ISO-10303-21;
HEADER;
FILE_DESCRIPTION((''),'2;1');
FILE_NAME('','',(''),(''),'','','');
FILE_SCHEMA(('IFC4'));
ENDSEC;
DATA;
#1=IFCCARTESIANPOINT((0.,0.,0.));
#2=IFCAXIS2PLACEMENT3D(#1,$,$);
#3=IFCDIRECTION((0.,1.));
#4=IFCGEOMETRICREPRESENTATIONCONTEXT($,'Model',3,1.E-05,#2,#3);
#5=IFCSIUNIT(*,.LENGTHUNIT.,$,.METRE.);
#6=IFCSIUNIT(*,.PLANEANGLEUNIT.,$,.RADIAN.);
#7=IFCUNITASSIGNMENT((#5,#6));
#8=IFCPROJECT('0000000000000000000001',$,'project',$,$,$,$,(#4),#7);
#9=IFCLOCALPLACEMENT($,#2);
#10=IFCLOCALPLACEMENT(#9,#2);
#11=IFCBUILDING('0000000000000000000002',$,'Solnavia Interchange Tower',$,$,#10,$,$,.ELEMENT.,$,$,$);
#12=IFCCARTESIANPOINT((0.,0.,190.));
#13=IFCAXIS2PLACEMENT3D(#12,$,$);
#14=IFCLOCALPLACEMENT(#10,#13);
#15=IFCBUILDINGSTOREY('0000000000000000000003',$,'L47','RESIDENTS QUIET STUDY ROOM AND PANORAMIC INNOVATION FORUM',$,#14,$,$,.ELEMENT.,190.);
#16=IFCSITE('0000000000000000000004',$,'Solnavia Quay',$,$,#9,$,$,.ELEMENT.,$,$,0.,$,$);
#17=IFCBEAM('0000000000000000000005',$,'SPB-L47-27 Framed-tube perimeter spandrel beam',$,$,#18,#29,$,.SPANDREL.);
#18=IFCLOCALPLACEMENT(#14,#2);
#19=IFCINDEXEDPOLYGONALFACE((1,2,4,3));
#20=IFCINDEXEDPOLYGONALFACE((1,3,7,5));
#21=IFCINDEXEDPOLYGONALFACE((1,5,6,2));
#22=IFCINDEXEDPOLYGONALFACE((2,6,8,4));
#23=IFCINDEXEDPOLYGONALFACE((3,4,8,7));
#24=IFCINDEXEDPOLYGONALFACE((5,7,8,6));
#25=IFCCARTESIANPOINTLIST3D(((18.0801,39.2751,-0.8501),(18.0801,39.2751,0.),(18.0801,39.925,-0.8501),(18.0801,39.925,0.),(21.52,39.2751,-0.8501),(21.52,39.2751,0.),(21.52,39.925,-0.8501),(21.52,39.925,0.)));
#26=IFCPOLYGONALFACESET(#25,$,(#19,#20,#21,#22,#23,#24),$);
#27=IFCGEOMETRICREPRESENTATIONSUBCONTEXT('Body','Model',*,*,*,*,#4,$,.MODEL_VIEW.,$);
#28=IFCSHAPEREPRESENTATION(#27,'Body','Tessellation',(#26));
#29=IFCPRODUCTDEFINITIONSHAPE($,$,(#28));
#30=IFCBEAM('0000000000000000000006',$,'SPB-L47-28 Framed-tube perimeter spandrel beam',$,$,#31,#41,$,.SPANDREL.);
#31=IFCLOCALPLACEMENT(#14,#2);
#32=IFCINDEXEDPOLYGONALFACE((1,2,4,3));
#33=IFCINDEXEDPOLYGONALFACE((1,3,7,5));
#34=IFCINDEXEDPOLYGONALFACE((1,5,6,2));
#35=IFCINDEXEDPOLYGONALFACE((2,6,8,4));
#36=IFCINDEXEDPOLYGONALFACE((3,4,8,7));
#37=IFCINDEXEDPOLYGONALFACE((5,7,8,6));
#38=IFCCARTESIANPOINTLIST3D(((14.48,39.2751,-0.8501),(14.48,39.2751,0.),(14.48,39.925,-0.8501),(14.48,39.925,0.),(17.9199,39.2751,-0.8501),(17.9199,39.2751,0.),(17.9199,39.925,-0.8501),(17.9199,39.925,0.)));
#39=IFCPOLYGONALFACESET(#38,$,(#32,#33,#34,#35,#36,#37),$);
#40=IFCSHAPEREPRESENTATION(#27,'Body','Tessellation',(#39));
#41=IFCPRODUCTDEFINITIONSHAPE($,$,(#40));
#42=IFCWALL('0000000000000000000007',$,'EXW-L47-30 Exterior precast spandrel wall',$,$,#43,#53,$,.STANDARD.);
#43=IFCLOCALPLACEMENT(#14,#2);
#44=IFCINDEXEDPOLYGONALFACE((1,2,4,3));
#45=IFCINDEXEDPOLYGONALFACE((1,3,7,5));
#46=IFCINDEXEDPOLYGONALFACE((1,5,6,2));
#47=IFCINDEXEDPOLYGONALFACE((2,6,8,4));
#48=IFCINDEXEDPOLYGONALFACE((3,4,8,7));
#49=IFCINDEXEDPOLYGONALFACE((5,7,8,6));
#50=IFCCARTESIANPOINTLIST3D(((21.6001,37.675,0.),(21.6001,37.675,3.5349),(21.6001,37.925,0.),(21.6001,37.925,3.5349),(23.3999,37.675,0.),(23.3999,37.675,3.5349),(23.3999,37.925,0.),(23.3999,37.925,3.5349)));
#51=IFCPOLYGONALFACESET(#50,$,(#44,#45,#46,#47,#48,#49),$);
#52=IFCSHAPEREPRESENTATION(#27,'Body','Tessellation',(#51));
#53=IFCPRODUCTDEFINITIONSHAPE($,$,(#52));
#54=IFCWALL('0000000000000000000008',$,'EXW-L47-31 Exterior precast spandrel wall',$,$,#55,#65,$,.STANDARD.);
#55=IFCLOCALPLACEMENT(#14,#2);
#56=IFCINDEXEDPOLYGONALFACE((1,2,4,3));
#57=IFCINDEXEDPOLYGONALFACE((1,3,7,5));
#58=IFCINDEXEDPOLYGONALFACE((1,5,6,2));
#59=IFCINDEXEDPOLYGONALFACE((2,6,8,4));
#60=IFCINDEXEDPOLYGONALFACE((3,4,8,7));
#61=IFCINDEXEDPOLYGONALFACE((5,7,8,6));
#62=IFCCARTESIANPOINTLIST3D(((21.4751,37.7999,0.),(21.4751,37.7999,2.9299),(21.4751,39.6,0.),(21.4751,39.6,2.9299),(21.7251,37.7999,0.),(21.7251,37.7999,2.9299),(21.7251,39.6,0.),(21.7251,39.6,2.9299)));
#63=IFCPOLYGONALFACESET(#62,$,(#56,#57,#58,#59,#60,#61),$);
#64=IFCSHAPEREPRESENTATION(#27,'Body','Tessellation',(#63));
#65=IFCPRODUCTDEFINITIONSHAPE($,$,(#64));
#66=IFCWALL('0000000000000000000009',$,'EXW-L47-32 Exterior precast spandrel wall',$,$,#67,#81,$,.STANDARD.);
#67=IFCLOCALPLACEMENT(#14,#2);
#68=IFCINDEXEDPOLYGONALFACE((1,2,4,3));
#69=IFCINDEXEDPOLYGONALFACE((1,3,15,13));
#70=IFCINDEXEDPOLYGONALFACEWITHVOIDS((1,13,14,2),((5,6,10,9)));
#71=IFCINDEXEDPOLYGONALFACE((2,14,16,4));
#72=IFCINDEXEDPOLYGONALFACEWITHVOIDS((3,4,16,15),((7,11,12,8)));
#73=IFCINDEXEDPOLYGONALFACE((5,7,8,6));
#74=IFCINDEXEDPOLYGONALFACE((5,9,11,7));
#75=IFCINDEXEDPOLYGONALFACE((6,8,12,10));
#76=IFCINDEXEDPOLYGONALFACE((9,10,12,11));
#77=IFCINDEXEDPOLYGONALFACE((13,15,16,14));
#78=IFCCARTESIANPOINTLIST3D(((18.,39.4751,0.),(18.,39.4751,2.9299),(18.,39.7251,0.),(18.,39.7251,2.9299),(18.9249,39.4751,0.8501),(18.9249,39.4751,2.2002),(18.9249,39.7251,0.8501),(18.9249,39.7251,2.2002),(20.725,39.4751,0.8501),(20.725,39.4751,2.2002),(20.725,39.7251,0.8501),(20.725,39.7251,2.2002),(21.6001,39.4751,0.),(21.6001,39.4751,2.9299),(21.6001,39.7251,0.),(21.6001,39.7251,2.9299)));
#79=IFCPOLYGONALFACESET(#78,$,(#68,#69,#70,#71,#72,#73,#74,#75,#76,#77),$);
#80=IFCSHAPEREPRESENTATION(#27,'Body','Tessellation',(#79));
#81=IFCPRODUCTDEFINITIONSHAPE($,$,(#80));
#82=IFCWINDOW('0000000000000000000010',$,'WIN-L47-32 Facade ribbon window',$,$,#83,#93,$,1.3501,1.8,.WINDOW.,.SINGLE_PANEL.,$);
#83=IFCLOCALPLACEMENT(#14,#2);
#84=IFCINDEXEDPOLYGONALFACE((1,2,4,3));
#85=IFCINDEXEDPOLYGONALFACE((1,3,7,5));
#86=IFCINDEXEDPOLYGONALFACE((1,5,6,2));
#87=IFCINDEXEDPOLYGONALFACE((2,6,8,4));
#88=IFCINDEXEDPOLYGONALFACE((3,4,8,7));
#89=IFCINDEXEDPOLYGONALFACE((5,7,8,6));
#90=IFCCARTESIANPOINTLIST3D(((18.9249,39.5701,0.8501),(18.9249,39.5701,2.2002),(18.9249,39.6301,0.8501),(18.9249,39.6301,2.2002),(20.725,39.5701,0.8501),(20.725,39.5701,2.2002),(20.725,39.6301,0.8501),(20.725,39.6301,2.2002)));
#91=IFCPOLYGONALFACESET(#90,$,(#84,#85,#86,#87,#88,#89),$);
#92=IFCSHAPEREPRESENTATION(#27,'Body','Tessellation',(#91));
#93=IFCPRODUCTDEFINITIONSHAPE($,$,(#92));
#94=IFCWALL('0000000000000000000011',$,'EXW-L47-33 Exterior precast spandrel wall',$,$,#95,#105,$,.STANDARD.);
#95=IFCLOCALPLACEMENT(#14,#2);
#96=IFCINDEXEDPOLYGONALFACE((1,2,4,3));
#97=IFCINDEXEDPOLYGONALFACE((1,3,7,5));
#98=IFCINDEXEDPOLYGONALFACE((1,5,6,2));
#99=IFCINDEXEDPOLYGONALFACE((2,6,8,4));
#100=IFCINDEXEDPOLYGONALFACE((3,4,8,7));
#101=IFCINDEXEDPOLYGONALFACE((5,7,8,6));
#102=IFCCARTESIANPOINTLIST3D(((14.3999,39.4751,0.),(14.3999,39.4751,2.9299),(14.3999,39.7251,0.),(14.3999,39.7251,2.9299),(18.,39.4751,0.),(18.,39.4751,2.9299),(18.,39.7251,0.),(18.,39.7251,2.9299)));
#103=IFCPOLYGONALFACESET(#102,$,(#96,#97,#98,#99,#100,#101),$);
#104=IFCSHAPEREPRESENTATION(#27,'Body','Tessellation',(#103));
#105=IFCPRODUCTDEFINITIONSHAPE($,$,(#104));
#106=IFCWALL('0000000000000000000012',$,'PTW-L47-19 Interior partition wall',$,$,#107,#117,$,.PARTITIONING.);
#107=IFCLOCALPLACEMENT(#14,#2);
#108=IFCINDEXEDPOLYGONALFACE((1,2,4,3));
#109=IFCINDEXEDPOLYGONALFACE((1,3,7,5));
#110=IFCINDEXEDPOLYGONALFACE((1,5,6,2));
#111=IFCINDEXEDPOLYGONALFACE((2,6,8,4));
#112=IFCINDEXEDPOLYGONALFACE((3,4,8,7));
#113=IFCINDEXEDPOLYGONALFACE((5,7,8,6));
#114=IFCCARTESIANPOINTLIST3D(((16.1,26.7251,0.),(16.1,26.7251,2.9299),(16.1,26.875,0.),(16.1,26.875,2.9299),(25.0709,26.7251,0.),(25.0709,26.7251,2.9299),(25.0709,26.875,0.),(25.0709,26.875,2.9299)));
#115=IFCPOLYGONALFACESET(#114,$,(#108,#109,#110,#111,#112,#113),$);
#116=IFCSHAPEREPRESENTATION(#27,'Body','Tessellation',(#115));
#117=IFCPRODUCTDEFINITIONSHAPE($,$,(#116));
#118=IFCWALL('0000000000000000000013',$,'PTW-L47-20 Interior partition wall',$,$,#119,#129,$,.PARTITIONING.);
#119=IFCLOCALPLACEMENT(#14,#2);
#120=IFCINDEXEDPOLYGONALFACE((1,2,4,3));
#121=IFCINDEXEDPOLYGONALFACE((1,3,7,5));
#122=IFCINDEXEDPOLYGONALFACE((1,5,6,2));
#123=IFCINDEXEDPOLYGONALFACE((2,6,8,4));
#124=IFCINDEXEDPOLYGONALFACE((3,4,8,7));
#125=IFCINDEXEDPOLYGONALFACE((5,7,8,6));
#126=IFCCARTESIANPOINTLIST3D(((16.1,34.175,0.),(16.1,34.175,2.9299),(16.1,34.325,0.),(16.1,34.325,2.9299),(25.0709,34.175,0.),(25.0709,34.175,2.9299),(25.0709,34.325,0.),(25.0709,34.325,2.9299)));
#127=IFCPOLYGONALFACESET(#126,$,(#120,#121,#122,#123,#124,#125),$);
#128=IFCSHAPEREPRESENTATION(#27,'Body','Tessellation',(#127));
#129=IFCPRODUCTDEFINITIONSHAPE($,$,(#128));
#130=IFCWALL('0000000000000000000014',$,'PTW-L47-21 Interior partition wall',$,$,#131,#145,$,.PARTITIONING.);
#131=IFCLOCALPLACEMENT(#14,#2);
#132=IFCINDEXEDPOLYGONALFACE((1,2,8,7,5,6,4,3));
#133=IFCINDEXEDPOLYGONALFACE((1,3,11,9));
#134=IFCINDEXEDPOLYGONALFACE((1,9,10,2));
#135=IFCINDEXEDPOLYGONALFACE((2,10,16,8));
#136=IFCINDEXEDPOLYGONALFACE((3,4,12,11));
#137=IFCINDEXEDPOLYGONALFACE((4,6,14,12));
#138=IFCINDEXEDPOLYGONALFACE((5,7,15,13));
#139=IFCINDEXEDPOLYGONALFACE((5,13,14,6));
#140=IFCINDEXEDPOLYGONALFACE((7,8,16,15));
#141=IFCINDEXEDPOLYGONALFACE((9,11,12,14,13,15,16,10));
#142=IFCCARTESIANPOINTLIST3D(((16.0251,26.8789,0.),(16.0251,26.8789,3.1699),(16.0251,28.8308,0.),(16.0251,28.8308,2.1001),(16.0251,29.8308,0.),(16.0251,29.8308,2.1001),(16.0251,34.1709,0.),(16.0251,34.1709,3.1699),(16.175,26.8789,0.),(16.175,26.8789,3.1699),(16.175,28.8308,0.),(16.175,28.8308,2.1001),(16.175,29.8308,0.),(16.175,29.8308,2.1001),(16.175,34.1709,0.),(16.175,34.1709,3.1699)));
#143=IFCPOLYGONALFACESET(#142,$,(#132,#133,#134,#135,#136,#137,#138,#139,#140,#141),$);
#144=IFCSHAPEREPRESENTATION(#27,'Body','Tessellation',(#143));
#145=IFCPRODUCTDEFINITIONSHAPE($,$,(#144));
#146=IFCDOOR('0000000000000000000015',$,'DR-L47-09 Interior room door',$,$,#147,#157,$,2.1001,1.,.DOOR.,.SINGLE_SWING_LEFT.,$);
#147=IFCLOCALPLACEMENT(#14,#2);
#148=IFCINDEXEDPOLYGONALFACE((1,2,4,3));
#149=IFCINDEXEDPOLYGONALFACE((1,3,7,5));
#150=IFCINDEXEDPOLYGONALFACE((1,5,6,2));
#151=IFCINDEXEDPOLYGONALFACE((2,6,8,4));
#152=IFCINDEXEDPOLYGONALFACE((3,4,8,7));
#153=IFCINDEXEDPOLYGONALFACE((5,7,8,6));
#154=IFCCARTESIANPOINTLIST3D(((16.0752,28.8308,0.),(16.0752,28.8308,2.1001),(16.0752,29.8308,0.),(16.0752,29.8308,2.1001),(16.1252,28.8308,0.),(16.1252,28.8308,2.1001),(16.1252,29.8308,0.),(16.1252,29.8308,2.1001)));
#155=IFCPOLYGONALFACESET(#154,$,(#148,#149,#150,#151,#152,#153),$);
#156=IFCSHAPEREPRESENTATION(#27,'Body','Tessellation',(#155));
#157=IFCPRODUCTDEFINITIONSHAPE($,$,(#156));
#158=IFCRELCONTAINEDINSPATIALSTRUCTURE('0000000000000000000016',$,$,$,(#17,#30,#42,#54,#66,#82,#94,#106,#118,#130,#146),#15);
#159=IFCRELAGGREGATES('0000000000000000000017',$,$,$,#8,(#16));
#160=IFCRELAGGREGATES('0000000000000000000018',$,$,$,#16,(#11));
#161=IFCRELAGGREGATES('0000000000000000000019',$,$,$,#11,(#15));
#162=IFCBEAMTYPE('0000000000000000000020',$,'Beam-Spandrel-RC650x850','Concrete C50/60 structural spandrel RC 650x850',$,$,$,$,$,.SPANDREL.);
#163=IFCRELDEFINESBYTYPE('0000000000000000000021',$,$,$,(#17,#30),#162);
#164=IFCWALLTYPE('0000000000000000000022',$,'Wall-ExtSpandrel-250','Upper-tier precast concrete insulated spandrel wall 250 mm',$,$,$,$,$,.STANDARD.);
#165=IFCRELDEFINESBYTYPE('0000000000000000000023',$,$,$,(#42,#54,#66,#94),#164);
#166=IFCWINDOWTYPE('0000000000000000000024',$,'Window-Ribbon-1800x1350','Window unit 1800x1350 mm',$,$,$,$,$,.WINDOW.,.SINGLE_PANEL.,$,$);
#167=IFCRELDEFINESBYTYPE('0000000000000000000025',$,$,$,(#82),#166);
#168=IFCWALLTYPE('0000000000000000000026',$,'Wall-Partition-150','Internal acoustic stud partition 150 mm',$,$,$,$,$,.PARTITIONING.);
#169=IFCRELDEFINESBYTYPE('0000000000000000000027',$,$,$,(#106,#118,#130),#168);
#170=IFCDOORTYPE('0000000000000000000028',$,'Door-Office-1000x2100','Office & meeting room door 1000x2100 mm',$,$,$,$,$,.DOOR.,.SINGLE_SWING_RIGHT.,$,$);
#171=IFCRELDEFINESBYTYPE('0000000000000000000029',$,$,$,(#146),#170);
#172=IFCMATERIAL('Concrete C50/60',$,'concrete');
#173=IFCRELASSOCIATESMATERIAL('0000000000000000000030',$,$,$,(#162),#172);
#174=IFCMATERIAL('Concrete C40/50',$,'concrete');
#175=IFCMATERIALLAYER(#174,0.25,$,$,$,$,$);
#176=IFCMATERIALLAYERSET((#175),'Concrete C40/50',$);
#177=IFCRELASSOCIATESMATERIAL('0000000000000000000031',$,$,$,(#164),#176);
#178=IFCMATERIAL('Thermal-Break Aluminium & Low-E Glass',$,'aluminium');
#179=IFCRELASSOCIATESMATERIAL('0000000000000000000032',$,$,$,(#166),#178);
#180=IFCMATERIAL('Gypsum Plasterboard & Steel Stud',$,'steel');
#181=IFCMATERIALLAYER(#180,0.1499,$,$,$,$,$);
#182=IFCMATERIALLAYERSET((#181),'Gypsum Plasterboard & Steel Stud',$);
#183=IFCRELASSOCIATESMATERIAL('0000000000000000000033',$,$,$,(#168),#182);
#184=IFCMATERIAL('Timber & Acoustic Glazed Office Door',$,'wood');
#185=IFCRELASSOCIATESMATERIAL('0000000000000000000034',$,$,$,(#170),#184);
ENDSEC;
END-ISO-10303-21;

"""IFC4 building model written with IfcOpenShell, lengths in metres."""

from ifc_helpers import new_model, si_unit, direction, frame, frame_2d, origin, origin_2d, place, context, subcontext, project, spatial, rectangle, extrude, material, layer, layer_set, material_profile, profile_set, type_object, element, fill, save


model = new_model("IFC4")

# Units and contexts
model_context = context("Model", 3, precision=1e-05, world=origin(), true_north=direction((0.0, 1.0)))
body_context = subcontext(model_context, "Body", "Model", "MODEL_VIEW")
ifc_project = project(units=[si_unit("LENGTHUNIT", "METRE"), si_unit("PLANEANGLEUNIT", "RADIAN")], contexts=[model_context])

# Site, building, storey
site_placement = place(None, origin())
site = spatial("IfcSite", under=ifc_project, at=site_placement, Name="Solnavia Quay", CompositionType="ELEMENT", RefElevation=0.0)
building_placement = place(site_placement, origin())
building = spatial("IfcBuilding", under=site, at=building_placement, Name="Solnavia Interchange Tower", CompositionType="ELEMENT")
storey_placement = place(building_placement, frame((0.0, 0.0, 190.0)))
storey = spatial("IfcBuildingStorey", under=building, at=storey_placement, Name="L47", Description="RESIDENTS QUIET STUDY ROOM AND PANORAMIC INNOVATION FORUM", CompositionType="ELEMENT", Elevation=190.0)

# Shared definitions
ifc_material_1 = material(Name="Concrete C50/60", Category="concrete")

# Beams
ifc_material_profile_1 = material_profile(ifc_material_1, rectangle(XDim=0.6499, YDim=0.8501, at=origin_2d()), Name="RC 650x850")
ifc_profile_set_1 = profile_set([ifc_material_profile_1], Name="Concrete C50/60")
beam_type_1 = type_object("IfcBeamType", Name="Beam-Spandrel-RC650x850", Description="Concrete C50/60 structural spandrel RC 650x850", PredefinedType="SPANDREL", material=ifc_profile_set_1)
for number, where, z_axis, x_axis, name in (
    (1, (21.52, 39.6001, -0.425), (-1.0, 0.0, 0.0), (0.0, -1.0, 0.0), "SPB-L47-27 Framed-tube perimeter spandrel beam"),
    (2, (17.9199, 39.6001, -0.425), (-1.0, 0.0, 0.0), (0.0, -1.0, 0.0), "SPB-L47-28 Framed-tube perimeter spandrel beam"),
):
    element("IfcBeam", number, at=place(storey_placement, frame(where, z_axis=z_axis, x_axis=x_axis)), inside=storey, type_object=beam_type_1, Name=name, PredefinedType="SPANDREL", context=body_context, shape_type="SweptSolid", body=[
        extrude(rectangle(XDim=0.6499, YDim=0.8501, at=origin_2d()), origin(), (0.0, 0.0, 1.0), 3.4399),
    ])

# Walls
ifc_material_2 = material(Name="Concrete C40/50", Category="concrete")
ifc_layer_1 = layer(ifc_material_2, 0.25)
ifc_layer_set_1 = layer_set([ifc_layer_1], Name="Concrete C40/50")
wall_type_1 = type_object("IfcWallType", Name="Wall-ExtSpandrel-250", Description="Upper-tier precast concrete insulated spandrel wall 250 mm", PredefinedType="STANDARD", material=ifc_layer_set_1)
wall_1_placement = place(storey_placement, frame((21.6001, 37.8, 0.0), z_axis=(0.0, 0.0, 1.0), x_axis=(1.0, 0.0, 0.0)))
element("IfcWall", 3, at=wall_1_placement, inside=storey, type_object=wall_type_1, Name="EXW-L47-30 Exterior precast spandrel wall", PredefinedType="STANDARD", context=body_context, shape_type="SweptSolid", body=[
    extrude(rectangle(XDim=1.7998, YDim=0.25, at=frame_2d((0.8999, 0.0))), origin(), (0.0, 0.0, 1.0), 3.5349),
])
wall_2_placement = place(storey_placement, frame((21.6001, 37.8, 0.0), z_axis=(0.0, 0.0, 1.0), x_axis=(0.0, 1.0, 0.0)))
element("IfcWall", 4, at=wall_2_placement, inside=storey, type_object=wall_type_1, Name="EXW-L47-31 Exterior precast spandrel wall", PredefinedType="STANDARD", context=body_context, shape_type="SweptSolid", body=[
    extrude(rectangle(XDim=1.8, YDim=0.25, at=frame_2d((0.8999, 0.0))), origin(), (0.0, 0.0, 1.0), 2.9299),
])

# Wall, opening, window
wall_3_placement = place(storey_placement, frame((18.0, 39.6001, 0.0), z_axis=(0.0, 0.0, 1.0), x_axis=(1.0, 0.0, 0.0)))
wall_3 = element("IfcWall", 5, at=wall_3_placement, inside=storey, type_object=wall_type_1, Name="EXW-L47-32 Exterior precast spandrel wall", PredefinedType="STANDARD", context=body_context, shape_type="SweptSolid", body=[
    extrude(rectangle(XDim=3.6001, YDim=0.25, at=frame_2d((1.8, 0.0))), origin(), (0.0, 0.0, 1.0), 2.9299),
])
opening_1_placement = place(wall_3_placement, frame((0.925, 0.0, 0.8501)))
opening_1 = element("IfcOpeningElement", 6, at=opening_1_placement, cuts=wall_3, PredefinedType="OPENING", context=body_context, shape_type="SweptSolid", body=[
    extrude(rectangle(XDim=1.8, YDim=1.3501, at=frame_2d((0.8999, 0.675))), frame((0.0, 0.135, 0.0), z_axis=(0.0, -1.0, 0.0), x_axis=(1.0, 0.0, 0.0)), (0.0, 0.0, 1.0), 0.27),
])
ifc_material_3 = material(Name="Thermal-Break Aluminium & Low-E Glass", Category="aluminium")
window_type = type_object("IfcWindowType", Name="Window-Ribbon-1800x1350", Description="Window unit 1800x1350 mm", PartitioningType="SINGLE_PANEL", PredefinedType="WINDOW", material=ifc_material_3)
window_placement = place(opening_1_placement, origin())
window = element("IfcWindow", 7, at=window_placement, inside=storey, type_object=window_type, Name="WIN-L47-32 Facade ribbon window", OverallHeight=1.3501, OverallWidth=1.8, PartitioningType="SINGLE_PANEL", PredefinedType="WINDOW", context=body_context, shape_type="SweptSolid", body=[
    extrude(rectangle(XDim=1.8, YDim=1.3501, at=frame_2d((0.8999, 0.675))), frame((0.0, 0.03, 0.0), z_axis=(0.0, -1.0, 0.0), x_axis=(1.0, 0.0, 0.0)), (0.0, 0.0, 1.0), 0.0601),
])
fill(opening_1, window)

# Walls
wall_4_placement = place(storey_placement, frame((14.3999, 39.6001, 0.0), z_axis=(0.0, 0.0, 1.0), x_axis=(1.0, 0.0, 0.0)))
element("IfcWall", 8, at=wall_4_placement, inside=storey, type_object=wall_type_1, Name="EXW-L47-33 Exterior precast spandrel wall", PredefinedType="STANDARD", context=body_context, shape_type="SweptSolid", body=[
    extrude(rectangle(XDim=3.6001, YDim=0.25, at=frame_2d((1.8, 0.0))), origin(), (0.0, 0.0, 1.0), 2.9299),
])
ifc_material_4 = material(Name="Gypsum Plasterboard & Steel Stud", Category="steel")
ifc_layer_2 = layer(ifc_material_4, 0.1499)
ifc_layer_set_2 = layer_set([ifc_layer_2], Name="Gypsum Plasterboard & Steel Stud")
wall_type_2 = type_object("IfcWallType", Name="Wall-Partition-150", Description="Internal acoustic stud partition 150 mm", PredefinedType="PARTITIONING", material=ifc_layer_set_2)
for number, where, z_axis, x_axis, name in (
    (9, (16.1001, 26.8, 0.0), (0.0, 0.0, 1.0), (1.0, 0.0, 0.0), "PTW-L47-19 Interior partition wall"),
    (10, (16.1001, 34.25, 0.0), (0.0, 0.0, 1.0), (1.0, 0.0, 0.0), "PTW-L47-20 Interior partition wall"),
):
    element("IfcWall", number, at=place(storey_placement, frame(where, z_axis=z_axis, x_axis=x_axis)), inside=storey, type_object=wall_type_2, Name=name, PredefinedType="PARTITIONING", context=body_context, shape_type="SweptSolid", body=[
        extrude(rectangle(XDim=8.9709, YDim=0.1499, at=frame_2d((4.4854, 0.0))), origin(), (0.0, 0.0, 1.0), 2.9299),
    ])

# Wall, opening, door
wall_5_placement = place(storey_placement, frame((16.1001, 26.8789, 0.0), z_axis=(0.0, 0.0, 1.0), x_axis=(0.0, 1.0, 0.0)))
wall_5 = element("IfcWall", 11, at=wall_5_placement, inside=storey, type_object=wall_type_2, Name="PTW-L47-21 Interior partition wall", PredefinedType="PARTITIONING", context=body_context, shape_type="SweptSolid", body=[
    extrude(rectangle(XDim=7.292, YDim=0.1499, at=frame_2d((3.646, 0.0))), origin(), (0.0, 0.0, 1.0), 3.1699),
])
opening_2_placement = place(wall_5_placement, frame((1.9519, 0.0, 0.0)))
opening_2 = element("IfcOpeningElement", 12, at=opening_2_placement, cuts=wall_5, PredefinedType="OPENING", context=body_context, shape_type="SweptSolid", body=[
    extrude(rectangle(XDim=1.0, YDim=2.1001, at=frame_2d((0.5, 1.05))), frame((0.0, 0.085, 0.0), z_axis=(0.0, -1.0, 0.0), x_axis=(1.0, 0.0, 0.0)), (0.0, 0.0, 1.0), 0.1699),
])
ifc_material_5 = material(Name="Timber & Acoustic Glazed Office Door", Category="wood")
door_type = type_object("IfcDoorType", Name="Door-Office-1000x2100", Description="Office & meeting room door 1000x2100 mm", OperationType="SINGLE_SWING_RIGHT", PredefinedType="DOOR", material=ifc_material_5)
door_1_placement = place(opening_2_placement, origin())
door_1 = element("IfcDoor", 13, at=door_1_placement, inside=storey, type_object=door_type, Name="DR-L47-09 Interior room door", OperationType="SINGLE_SWING_LEFT", OverallHeight=2.1001, OverallWidth=1.0, PredefinedType="DOOR", context=body_context, shape_type="SweptSolid", body=[
    extrude(rectangle(XDim=1.0, YDim=2.1001, at=frame_2d((0.5, 1.05))), frame((0.0, 0.0249, 0.0), z_axis=(0.0, -1.0, 0.0), x_axis=(1.0, 0.0, 0.0)), (0.0, 0.0, 1.0), 0.05),
])
fill(opening_2, door_1)

save(model, "model.ifc")
